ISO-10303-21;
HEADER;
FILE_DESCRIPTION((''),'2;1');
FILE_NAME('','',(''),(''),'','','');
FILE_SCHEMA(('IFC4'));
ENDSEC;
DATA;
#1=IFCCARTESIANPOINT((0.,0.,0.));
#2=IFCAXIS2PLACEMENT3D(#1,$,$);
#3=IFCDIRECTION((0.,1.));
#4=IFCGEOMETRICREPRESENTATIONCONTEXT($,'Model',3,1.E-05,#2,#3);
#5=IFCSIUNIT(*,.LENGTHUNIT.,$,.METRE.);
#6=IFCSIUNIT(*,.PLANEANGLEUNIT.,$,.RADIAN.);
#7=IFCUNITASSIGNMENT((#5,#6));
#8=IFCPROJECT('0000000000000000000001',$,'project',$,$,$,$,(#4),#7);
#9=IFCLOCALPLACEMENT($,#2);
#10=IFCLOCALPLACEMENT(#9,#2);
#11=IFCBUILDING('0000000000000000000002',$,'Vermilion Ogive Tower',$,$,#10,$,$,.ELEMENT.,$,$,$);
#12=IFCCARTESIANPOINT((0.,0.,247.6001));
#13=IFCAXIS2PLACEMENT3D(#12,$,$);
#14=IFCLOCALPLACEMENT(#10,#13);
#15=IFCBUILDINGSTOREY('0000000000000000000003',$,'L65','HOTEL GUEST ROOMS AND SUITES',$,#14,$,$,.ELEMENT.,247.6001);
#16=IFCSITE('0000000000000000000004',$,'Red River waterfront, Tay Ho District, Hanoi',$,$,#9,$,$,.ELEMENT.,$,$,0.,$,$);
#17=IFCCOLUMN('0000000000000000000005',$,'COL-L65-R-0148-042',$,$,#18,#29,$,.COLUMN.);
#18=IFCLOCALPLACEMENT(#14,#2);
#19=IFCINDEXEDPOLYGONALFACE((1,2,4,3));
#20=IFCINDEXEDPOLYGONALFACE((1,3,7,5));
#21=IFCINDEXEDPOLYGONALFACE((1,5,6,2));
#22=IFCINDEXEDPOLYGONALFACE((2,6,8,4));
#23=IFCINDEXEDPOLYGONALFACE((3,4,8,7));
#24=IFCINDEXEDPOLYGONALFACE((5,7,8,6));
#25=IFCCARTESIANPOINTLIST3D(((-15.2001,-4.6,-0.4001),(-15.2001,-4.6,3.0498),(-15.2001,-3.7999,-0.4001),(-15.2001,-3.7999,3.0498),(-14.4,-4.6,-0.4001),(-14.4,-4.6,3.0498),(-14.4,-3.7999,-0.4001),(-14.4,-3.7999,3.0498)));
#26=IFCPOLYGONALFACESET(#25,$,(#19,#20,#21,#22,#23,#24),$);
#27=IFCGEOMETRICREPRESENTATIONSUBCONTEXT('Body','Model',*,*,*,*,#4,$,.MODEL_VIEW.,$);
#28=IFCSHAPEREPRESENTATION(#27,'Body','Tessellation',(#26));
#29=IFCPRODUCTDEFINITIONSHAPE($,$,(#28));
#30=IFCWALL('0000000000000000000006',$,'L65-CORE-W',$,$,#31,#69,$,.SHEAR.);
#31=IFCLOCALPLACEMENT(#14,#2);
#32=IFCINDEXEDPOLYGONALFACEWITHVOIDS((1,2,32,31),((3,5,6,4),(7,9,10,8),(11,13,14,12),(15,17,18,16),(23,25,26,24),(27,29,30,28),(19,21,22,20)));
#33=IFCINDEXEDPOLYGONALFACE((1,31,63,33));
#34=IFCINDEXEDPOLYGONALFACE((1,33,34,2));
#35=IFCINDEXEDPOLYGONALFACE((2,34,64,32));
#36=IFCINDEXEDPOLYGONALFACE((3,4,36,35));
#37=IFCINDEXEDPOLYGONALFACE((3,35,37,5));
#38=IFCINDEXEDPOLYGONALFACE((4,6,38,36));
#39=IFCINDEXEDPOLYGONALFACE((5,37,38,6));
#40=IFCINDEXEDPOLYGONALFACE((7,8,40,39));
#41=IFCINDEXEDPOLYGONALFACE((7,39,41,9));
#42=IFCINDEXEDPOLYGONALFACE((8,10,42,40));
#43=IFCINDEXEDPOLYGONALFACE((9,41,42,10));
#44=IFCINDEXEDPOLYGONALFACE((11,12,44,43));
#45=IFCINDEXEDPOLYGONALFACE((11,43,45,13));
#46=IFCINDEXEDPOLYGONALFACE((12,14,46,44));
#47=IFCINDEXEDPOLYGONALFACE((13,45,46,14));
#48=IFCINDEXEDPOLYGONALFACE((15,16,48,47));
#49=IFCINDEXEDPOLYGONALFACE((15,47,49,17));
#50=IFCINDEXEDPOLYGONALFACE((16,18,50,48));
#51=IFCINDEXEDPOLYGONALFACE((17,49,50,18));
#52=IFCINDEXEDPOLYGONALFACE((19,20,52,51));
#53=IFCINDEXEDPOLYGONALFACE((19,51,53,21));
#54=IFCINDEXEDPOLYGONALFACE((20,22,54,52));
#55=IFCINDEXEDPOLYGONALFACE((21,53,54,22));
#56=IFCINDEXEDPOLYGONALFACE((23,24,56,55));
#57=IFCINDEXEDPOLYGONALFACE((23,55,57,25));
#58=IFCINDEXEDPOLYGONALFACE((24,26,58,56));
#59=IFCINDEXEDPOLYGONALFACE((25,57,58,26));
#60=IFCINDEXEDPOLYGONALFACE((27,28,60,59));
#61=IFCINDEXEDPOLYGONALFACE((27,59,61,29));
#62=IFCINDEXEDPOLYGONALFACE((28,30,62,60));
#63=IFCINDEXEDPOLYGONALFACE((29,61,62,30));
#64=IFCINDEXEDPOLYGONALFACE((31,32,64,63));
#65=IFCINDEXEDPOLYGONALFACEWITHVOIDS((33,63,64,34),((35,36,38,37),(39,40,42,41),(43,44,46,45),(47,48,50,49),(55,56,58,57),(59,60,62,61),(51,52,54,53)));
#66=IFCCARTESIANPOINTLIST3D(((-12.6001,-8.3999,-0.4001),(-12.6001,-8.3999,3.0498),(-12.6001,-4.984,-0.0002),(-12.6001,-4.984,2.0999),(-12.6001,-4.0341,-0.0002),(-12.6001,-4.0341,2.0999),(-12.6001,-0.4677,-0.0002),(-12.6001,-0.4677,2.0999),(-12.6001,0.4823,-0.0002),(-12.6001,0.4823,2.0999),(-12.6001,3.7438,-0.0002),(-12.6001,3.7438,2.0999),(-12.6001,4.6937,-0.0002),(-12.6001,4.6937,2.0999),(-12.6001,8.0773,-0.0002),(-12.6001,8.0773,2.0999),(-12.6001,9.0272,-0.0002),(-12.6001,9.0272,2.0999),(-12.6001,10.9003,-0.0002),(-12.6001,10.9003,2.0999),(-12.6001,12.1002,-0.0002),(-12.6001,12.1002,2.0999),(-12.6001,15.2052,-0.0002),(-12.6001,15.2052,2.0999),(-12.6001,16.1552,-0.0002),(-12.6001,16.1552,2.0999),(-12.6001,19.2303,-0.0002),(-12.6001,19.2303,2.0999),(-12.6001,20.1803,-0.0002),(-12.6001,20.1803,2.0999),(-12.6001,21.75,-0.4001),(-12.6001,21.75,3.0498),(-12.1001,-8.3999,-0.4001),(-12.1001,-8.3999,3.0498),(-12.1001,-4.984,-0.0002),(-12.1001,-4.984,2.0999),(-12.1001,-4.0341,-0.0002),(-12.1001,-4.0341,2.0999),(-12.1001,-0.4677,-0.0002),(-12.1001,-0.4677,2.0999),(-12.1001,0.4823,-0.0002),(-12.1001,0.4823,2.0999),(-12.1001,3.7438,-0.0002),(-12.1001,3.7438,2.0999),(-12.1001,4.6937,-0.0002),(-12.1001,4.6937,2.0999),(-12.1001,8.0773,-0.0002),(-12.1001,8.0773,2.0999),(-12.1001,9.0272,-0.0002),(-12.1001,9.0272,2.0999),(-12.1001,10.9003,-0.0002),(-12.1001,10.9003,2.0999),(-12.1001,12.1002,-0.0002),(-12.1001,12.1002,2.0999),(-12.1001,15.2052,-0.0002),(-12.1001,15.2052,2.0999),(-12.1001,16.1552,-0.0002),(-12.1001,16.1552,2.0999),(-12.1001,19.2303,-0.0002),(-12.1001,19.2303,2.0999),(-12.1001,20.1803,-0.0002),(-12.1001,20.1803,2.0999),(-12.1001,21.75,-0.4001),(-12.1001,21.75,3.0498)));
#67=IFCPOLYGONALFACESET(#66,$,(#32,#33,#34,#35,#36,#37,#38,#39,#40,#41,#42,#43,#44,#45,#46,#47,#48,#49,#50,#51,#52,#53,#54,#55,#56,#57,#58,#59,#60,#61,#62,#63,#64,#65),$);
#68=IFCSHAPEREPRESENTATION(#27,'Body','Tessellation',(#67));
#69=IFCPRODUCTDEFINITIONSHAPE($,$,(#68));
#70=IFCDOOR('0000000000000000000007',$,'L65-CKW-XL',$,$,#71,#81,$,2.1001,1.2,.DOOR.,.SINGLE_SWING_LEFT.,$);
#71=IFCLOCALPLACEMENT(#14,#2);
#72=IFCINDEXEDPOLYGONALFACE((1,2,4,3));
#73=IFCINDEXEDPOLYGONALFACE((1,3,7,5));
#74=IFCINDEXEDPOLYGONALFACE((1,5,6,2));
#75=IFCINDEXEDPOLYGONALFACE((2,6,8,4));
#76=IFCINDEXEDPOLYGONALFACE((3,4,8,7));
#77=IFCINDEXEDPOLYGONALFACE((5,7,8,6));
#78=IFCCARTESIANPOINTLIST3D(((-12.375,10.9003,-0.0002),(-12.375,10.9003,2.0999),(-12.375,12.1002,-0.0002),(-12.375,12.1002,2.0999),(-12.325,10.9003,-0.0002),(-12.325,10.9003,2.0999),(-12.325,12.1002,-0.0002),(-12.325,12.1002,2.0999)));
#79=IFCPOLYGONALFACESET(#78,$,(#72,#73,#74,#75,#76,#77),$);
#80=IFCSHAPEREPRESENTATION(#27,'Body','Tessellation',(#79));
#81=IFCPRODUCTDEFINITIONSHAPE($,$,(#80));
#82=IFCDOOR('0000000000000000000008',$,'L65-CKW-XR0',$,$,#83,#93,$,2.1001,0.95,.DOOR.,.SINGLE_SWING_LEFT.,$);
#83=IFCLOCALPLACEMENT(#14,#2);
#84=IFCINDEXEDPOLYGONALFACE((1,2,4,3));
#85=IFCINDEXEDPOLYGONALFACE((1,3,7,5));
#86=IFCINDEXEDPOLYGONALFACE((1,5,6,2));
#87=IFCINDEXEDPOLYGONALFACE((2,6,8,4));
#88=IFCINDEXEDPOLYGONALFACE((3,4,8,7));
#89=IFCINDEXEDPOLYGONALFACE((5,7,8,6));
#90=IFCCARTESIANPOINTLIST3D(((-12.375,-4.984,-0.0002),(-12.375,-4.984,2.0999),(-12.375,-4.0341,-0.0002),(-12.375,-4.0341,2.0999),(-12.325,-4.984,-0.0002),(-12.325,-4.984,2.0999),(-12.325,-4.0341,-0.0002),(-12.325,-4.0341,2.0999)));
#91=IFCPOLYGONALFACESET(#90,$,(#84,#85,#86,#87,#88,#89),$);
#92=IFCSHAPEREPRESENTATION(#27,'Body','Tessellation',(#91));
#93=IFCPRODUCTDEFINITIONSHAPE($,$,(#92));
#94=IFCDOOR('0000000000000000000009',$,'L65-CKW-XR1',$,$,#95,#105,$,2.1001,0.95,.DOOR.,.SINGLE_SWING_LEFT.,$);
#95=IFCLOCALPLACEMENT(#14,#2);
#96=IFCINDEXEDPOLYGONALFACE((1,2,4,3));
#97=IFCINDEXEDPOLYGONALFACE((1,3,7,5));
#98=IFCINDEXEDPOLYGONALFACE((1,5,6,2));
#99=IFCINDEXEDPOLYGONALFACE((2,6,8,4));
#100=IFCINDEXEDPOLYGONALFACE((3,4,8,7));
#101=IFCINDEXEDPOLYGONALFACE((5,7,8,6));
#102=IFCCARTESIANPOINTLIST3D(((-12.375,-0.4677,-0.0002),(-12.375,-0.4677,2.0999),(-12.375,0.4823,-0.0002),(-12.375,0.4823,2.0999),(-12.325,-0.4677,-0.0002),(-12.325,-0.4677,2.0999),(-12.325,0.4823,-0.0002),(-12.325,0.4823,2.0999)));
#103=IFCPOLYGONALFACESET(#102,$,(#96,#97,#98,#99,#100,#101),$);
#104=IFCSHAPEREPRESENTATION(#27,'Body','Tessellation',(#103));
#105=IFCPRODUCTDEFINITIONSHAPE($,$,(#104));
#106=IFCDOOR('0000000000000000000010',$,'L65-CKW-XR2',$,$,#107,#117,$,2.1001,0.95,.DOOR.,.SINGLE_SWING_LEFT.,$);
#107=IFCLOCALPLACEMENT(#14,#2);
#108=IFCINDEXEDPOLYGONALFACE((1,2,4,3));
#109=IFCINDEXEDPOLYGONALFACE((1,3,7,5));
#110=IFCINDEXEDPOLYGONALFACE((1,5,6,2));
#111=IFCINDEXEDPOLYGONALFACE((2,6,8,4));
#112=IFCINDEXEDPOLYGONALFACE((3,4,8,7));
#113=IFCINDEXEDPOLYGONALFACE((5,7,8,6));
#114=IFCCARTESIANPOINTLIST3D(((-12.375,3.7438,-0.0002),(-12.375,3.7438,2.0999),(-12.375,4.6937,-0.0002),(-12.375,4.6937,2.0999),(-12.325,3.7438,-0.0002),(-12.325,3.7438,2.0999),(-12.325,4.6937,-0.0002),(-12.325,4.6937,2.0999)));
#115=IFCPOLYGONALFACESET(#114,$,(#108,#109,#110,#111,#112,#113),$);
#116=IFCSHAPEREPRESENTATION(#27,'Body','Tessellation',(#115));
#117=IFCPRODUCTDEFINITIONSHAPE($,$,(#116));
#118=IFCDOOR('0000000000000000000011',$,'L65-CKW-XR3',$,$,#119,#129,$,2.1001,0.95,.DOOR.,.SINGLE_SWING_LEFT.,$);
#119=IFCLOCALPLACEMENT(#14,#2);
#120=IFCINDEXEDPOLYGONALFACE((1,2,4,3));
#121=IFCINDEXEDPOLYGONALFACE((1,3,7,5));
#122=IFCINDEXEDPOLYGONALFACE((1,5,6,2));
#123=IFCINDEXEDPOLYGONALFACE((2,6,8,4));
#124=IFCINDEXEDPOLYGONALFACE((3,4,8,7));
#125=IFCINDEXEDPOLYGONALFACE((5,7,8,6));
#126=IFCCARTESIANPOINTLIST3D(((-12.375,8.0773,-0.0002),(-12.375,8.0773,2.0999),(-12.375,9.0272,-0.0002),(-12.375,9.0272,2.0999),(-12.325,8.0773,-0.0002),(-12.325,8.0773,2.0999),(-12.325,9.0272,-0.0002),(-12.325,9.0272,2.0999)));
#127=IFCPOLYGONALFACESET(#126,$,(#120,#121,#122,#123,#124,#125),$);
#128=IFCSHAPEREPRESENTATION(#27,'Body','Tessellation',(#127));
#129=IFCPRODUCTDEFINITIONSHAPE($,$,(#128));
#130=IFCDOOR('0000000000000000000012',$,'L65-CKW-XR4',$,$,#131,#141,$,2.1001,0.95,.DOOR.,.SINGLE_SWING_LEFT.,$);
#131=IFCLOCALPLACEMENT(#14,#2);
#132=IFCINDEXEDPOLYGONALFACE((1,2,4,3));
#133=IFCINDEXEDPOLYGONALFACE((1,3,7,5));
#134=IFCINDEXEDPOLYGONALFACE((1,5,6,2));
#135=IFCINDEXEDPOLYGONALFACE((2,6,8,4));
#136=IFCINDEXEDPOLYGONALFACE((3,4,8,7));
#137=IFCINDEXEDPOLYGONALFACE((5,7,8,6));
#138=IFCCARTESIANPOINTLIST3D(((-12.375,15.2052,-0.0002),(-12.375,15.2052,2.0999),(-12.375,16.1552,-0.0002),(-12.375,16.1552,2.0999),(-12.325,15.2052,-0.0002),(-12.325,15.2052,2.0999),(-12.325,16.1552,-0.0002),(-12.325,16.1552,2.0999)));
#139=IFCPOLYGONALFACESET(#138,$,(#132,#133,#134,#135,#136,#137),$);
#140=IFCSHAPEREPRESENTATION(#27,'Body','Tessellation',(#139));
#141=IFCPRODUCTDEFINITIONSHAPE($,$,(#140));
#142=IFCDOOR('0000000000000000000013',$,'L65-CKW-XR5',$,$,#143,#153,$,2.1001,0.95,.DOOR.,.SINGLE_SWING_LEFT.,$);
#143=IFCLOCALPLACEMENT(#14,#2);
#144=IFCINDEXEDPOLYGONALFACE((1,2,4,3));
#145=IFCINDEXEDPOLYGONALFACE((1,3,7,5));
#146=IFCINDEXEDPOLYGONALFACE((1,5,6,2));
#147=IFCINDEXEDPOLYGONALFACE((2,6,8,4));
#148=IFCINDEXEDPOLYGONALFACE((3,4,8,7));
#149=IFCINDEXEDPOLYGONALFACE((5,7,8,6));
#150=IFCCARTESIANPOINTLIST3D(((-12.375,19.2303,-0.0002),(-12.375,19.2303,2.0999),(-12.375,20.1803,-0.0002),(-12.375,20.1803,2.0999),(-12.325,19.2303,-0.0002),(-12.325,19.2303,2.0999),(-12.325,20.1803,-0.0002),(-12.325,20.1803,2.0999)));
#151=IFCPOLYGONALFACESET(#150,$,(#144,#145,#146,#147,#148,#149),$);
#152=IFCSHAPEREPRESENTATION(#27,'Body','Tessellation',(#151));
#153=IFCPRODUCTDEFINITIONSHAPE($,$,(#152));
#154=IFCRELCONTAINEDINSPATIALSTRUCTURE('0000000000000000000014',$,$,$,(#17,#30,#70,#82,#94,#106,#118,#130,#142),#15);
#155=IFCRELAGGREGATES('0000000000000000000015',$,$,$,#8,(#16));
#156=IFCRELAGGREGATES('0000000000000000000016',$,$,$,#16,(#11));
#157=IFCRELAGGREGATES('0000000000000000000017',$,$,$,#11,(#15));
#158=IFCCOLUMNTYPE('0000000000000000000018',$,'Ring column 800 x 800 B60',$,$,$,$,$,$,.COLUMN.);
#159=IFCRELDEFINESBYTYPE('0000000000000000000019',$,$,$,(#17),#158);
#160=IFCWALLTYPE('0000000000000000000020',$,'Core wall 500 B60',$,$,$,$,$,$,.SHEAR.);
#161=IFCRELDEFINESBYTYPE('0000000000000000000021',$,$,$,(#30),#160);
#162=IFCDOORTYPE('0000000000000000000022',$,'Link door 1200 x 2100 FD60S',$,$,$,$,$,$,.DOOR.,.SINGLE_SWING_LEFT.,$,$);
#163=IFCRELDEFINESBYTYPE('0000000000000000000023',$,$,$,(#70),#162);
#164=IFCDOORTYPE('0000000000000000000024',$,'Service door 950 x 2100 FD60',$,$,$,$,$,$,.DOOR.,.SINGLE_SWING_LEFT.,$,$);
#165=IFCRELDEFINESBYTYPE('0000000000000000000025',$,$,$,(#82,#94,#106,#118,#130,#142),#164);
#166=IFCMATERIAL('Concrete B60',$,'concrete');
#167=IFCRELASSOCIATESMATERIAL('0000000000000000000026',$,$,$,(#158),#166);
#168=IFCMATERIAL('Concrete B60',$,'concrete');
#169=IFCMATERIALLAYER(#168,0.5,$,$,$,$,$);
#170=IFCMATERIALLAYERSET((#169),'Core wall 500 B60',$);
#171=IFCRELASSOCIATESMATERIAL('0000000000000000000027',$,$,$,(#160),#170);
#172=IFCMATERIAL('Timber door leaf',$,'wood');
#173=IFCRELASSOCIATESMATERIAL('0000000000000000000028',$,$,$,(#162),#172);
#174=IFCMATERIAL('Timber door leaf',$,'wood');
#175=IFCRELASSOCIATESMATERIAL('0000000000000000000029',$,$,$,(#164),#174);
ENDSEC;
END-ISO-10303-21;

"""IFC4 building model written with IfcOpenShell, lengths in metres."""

from ifc_helpers import new_model, si_unit, direction, frame, frame_2d, origin, origin_2d, place, context, subcontext, project, spatial, rectangle, extrude, material, layer, layer_set, material_profile, profile_set, type_object, element, fill, save


model = new_model("IFC4")

# Units and contexts
model_context = context("Model", 3, precision=1e-05, world=origin(), true_north=direction((0.0, 1.0)))
body_context = subcontext(model_context, "Body", "Model", "MODEL_VIEW")
ifc_project = project(units=[si_unit("LENGTHUNIT", "METRE"), si_unit("PLANEANGLEUNIT", "RADIAN")], contexts=[model_context])

# Site, building, storey
site_placement = place(None, origin())
site = spatial("IfcSite", under=ifc_project, at=site_placement, Name="Red River waterfront, Tay Ho District, Hanoi", CompositionType="ELEMENT", RefElevation=0.0)
building_placement = place(site_placement, origin())
building = spatial("IfcBuilding", under=site, at=building_placement, Name="Vermilion Ogive Tower", CompositionType="ELEMENT")
storey_placement = place(building_placement, frame((0.0, 0.0, 247.6001)))
storey = spatial("IfcBuildingStorey", under=building, at=storey_placement, Name="L65", Description="HOTEL GUEST ROOMS AND SUITES", CompositionType="ELEMENT", Elevation=247.6001)

# Column
ifc_material_1 = material(Name="Concrete B60", Category="concrete")
ifc_material_profile = material_profile(ifc_material_1, rectangle(XDim=0.8, YDim=0.8, at=origin_2d()), Name="800 x 800")
ifc_profile_set = profile_set([ifc_material_profile], Name="Concrete B60")
column_type = type_object("IfcColumnType", Name="Ring column 800 x 800 B60", PredefinedType="COLUMN", material=ifc_profile_set)
column_placement = place(storey_placement, frame((-14.8, -4.2, -0.4001), z_axis=(0.0, 0.0, 1.0), x_axis=(1.0, 0.0, 0.0)))
element("IfcColumn", 1, at=column_placement, inside=storey, type_object=column_type, Name="COL-L65-R-0148-042", PredefinedType="COLUMN", context=body_context, shape_type="SweptSolid", body=[
    extrude(rectangle(XDim=0.8, YDim=0.8, at=origin_2d()), origin(), (0.0, 0.0, 1.0), 3.45),
])

# Wall, openings, doors
ifc_material_2 = material(Name="Concrete B60", Category="concrete")
ifc_layer_1 = layer(ifc_material_2, 0.5)
ifc_layer_set_1 = layer_set([ifc_layer_1], Name="Core wall 500 B60")
wall_type_1 = type_object("IfcWallType", Name="Core wall 500 B60", PredefinedType="SHEAR", material=ifc_layer_set_1)
wall_1_placement = place(storey_placement, frame((-12.3501, -8.3999, -0.4001), z_axis=(0.0, 0.0, 1.0), x_axis=(0.0, 1.0, 0.0)))
wall_1 = element("IfcWall", 2, at=wall_1_placement, inside=storey, type_object=wall_type_1, Name="L65-CORE-W", PredefinedType="SHEAR", context=body_context, shape_type="SweptSolid", body=[
    extrude(rectangle(XDim=30.1499, YDim=0.5, at=frame_2d((15.075, 0.0))), origin(), (0.0, 0.0, 1.0), 3.45),
])
opening_1_placement = place(wall_1_placement, frame((3.4158, 0.0, 0.3999)))
opening_1 = element("IfcOpeningElement", 3, at=opening_1_placement, cuts=wall_1, PredefinedType="OPENING", context=body_context, shape_type="SweptSolid", body=[
    extrude(rectangle(XDim=0.95, YDim=2.1001, at=frame_2d((0.4751, 1.05))), frame((0.0, 0.26, 0.0), z_axis=(0.0, -1.0, 0.0), x_axis=(1.0, 0.0, 0.0)), (0.0, 0.0, 1.0), 0.52),
])
opening_2_placement = place(wall_1_placement, frame((7.9321, 0.0, 0.3999)))
opening_2 = element("IfcOpeningElement", 4, at=opening_2_placement, cuts=wall_1, PredefinedType="OPENING", context=body_context, shape_type="SweptSolid", body=[
    extrude(rectangle(XDim=0.95, YDim=2.1001, at=frame_2d((0.4751, 1.05))), frame((0.0, 0.26, 0.0), z_axis=(0.0, -1.0, 0.0), x_axis=(1.0, 0.0, 0.0)), (0.0, 0.0, 1.0), 0.52),
])
opening_3_placement = place(wall_1_placement, frame((12.1436, 0.0, 0.3999)))
opening_3 = element("IfcOpeningElement", 5, at=opening_3_placement, cuts=wall_1, PredefinedType="OPENING", context=body_context, shape_type="SweptSolid", body=[
    extrude(rectangle(XDim=0.95, YDim=2.1001, at=frame_2d((0.4751, 1.05))), frame((0.0, 0.26, 0.0), z_axis=(0.0, -1.0, 0.0), x_axis=(1.0, 0.0, 0.0)), (0.0, 0.0, 1.0), 0.52),
])
opening_4_placement = place(wall_1_placement, frame((16.4771, 0.0, 0.3999)))
opening_4 = element("IfcOpeningElement", 6, at=opening_4_placement, cuts=wall_1, PredefinedType="OPENING", context=body_context, shape_type="SweptSolid", body=[
    extrude(rectangle(XDim=0.95, YDim=2.1001, at=frame_2d((0.4751, 1.05))), frame((0.0, 0.26, 0.0), z_axis=(0.0, -1.0, 0.0), x_axis=(1.0, 0.0, 0.0)), (0.0, 0.0, 1.0), 0.52),
])
opening_5_placement = place(wall_1_placement, frame((23.605, 0.0, 0.3999)))
opening_5 = element("IfcOpeningElement", 7, at=opening_5_placement, cuts=wall_1, PredefinedType="OPENING", context=body_context, shape_type="SweptSolid", body=[
    extrude(rectangle(XDim=0.95, YDim=2.1001, at=frame_2d((0.4751, 1.05))), frame((0.0, 0.26, 0.0), z_axis=(0.0, -1.0, 0.0), x_axis=(1.0, 0.0, 0.0)), (0.0, 0.0, 1.0), 0.52),
])
opening_6_placement = place(wall_1_placement, frame((27.6301, 0.0, 0.3999)))
opening_6 = element("IfcOpeningElement", 8, at=opening_6_placement, cuts=wall_1, PredefinedType="OPENING", context=body_context, shape_type="SweptSolid", body=[
    extrude(rectangle(XDim=0.95, YDim=2.1001, at=frame_2d((0.4751, 1.05))), frame((0.0, 0.26, 0.0), z_axis=(0.0, -1.0, 0.0), x_axis=(1.0, 0.0, 0.0)), (0.0, 0.0, 1.0), 0.52),
])
opening_7_placement = place(wall_1_placement, frame((19.3, 0.0, 0.3999)))
opening_7 = element("IfcOpeningElement", 9, at=opening_7_placement, cuts=wall_1, PredefinedType="OPENING", context=body_context, shape_type="SweptSolid", body=[
    extrude(rectangle(XDim=1.2, YDim=2.1001, at=frame_2d((0.6001, 1.05))), frame((0.0, 0.26, 0.0), z_axis=(0.0, -1.0, 0.0), x_axis=(1.0, 0.0, 0.0)), (0.0, 0.0, 1.0), 0.52),
])
ifc_material_3 = material(Name="Timber door leaf", Category="wood")
door_type_1 = type_object("IfcDoorType", Name="Link door 1200 x 2100 FD60S", OperationType="SINGLE_SWING_LEFT", PredefinedType="DOOR", material=ifc_material_3)
door_1_placement = place(opening_7_placement, origin())
door_1 = element("IfcDoor", 10, at=door_1_placement, inside=storey, type_object=door_type_1, Name="L65-CKW-XL", OperationType="SINGLE_SWING_LEFT", OverallHeight=2.1001, OverallWidth=1.2, PredefinedType="DOOR", context=body_context, shape_type="SweptSolid", body=[
    extrude(rectangle(XDim=1.2, YDim=2.1001, at=frame_2d((0.6001, 1.05))), frame((0.0, 0.0249, 0.0), z_axis=(0.0, -1.0, 0.0), x_axis=(1.0, 0.0, 0.0)), (0.0, 0.0, 1.0), 0.05),
])
fill(opening_7, door_1)
ifc_material_4 = material(Name="Timber door leaf", Category="wood")
door_type_2 = type_object("IfcDoorType", Name="Service door 950 x 2100 FD60", OperationType="SINGLE_SWING_LEFT", PredefinedType="DOOR", material=ifc_material_4)
door_2_placement = place(opening_1_placement, origin())
door_2 = element("IfcDoor", 11, at=door_2_placement, inside=storey, type_object=door_type_2, Name="L65-CKW-XR0", OperationType="SINGLE_SWING_LEFT", OverallHeight=2.1001, OverallWidth=0.95, PredefinedType="DOOR", context=body_context, shape_type="SweptSolid", body=[
    extrude(rectangle(XDim=0.95, YDim=2.1001, at=frame_2d((0.4751, 1.05))), frame((0.0, 0.0249, 0.0), z_axis=(0.0, -1.0, 0.0), x_axis=(1.0, 0.0, 0.0)), (0.0, 0.0, 1.0), 0.05),
])
fill(opening_1, door_2)
door_3_placement = place(opening_2_placement, origin())
door_3 = element("IfcDoor", 12, at=door_3_placement, inside=storey, type_object=door_type_2, Name="L65-CKW-XR1", OperationType="SINGLE_SWING_LEFT", OverallHeight=2.1001, OverallWidth=0.95, PredefinedType="DOOR", context=body_context, shape_type="SweptSolid", body=[
    extrude(rectangle(XDim=0.95, YDim=2.1001, at=frame_2d((0.4751, 1.05))), frame((0.0, 0.0249, 0.0), z_axis=(0.0, -1.0, 0.0), x_axis=(1.0, 0.0, 0.0)), (0.0, 0.0, 1.0), 0.05),
])
fill(opening_2, door_3)
door_4_placement = place(opening_3_placement, origin())
door_4 = element("IfcDoor", 13, at=door_4_placement, inside=storey, type_object=door_type_2, Name="L65-CKW-XR2", OperationType="SINGLE_SWING_LEFT", OverallHeight=2.1001, OverallWidth=0.95, PredefinedType="DOOR", context=body_context, shape_type="SweptSolid", body=[
    extrude(rectangle(XDim=0.95, YDim=2.1001, at=frame_2d((0.4751, 1.05))), frame((0.0, 0.0249, 0.0), z_axis=(0.0, -1.0, 0.0), x_axis=(1.0, 0.0, 0.0)), (0.0, 0.0, 1.0), 0.05),
])
fill(opening_3, door_4)
door_5_placement = place(opening_4_placement, origin())
door_5 = element("IfcDoor", 14, at=door_5_placement, inside=storey, type_object=door_type_2, Name="L65-CKW-XR3", OperationType="SINGLE_SWING_LEFT", OverallHeight=2.1001, OverallWidth=0.95, PredefinedType="DOOR", context=body_context, shape_type="SweptSolid", body=[
    extrude(rectangle(XDim=0.95, YDim=2.1001, at=frame_2d((0.4751, 1.05))), frame((0.0, 0.0249, 0.0), z_axis=(0.0, -1.0, 0.0), x_axis=(1.0, 0.0, 0.0)), (0.0, 0.0, 1.0), 0.05),
])
fill(opening_4, door_5)
door_6_placement = place(opening_5_placement, origin())
door_6 = element("IfcDoor", 15, at=door_6_placement, inside=storey, type_object=door_type_2, Name="L65-CKW-XR4", OperationType="SINGLE_SWING_LEFT", OverallHeight=2.1001, OverallWidth=0.95, PredefinedType="DOOR", context=body_context, shape_type="SweptSolid", body=[
    extrude(rectangle(XDim=0.95, YDim=2.1001, at=frame_2d((0.4751, 1.05))), frame((0.0, 0.0249, 0.0), z_axis=(0.0, -1.0, 0.0), x_axis=(1.0, 0.0, 0.0)), (0.0, 0.0, 1.0), 0.05),
])
fill(opening_5, door_6)
door_7_placement = place(opening_6_placement, origin())
door_7 = element("IfcDoor", 16, at=door_7_placement, inside=storey, type_object=door_type_2, Name="L65-CKW-XR5", OperationType="SINGLE_SWING_LEFT", OverallHeight=2.1001, OverallWidth=0.95, PredefinedType="DOOR", context=body_context, shape_type="SweptSolid", body=[
    extrude(rectangle(XDim=0.95, YDim=2.1001, at=frame_2d((0.4751, 1.05))), frame((0.0, 0.0249, 0.0), z_axis=(0.0, -1.0, 0.0), x_axis=(1.0, 0.0, 0.0)), (0.0, 0.0, 1.0), 0.05),
])
fill(opening_6, door_7)

save(model, "model.ifc")
